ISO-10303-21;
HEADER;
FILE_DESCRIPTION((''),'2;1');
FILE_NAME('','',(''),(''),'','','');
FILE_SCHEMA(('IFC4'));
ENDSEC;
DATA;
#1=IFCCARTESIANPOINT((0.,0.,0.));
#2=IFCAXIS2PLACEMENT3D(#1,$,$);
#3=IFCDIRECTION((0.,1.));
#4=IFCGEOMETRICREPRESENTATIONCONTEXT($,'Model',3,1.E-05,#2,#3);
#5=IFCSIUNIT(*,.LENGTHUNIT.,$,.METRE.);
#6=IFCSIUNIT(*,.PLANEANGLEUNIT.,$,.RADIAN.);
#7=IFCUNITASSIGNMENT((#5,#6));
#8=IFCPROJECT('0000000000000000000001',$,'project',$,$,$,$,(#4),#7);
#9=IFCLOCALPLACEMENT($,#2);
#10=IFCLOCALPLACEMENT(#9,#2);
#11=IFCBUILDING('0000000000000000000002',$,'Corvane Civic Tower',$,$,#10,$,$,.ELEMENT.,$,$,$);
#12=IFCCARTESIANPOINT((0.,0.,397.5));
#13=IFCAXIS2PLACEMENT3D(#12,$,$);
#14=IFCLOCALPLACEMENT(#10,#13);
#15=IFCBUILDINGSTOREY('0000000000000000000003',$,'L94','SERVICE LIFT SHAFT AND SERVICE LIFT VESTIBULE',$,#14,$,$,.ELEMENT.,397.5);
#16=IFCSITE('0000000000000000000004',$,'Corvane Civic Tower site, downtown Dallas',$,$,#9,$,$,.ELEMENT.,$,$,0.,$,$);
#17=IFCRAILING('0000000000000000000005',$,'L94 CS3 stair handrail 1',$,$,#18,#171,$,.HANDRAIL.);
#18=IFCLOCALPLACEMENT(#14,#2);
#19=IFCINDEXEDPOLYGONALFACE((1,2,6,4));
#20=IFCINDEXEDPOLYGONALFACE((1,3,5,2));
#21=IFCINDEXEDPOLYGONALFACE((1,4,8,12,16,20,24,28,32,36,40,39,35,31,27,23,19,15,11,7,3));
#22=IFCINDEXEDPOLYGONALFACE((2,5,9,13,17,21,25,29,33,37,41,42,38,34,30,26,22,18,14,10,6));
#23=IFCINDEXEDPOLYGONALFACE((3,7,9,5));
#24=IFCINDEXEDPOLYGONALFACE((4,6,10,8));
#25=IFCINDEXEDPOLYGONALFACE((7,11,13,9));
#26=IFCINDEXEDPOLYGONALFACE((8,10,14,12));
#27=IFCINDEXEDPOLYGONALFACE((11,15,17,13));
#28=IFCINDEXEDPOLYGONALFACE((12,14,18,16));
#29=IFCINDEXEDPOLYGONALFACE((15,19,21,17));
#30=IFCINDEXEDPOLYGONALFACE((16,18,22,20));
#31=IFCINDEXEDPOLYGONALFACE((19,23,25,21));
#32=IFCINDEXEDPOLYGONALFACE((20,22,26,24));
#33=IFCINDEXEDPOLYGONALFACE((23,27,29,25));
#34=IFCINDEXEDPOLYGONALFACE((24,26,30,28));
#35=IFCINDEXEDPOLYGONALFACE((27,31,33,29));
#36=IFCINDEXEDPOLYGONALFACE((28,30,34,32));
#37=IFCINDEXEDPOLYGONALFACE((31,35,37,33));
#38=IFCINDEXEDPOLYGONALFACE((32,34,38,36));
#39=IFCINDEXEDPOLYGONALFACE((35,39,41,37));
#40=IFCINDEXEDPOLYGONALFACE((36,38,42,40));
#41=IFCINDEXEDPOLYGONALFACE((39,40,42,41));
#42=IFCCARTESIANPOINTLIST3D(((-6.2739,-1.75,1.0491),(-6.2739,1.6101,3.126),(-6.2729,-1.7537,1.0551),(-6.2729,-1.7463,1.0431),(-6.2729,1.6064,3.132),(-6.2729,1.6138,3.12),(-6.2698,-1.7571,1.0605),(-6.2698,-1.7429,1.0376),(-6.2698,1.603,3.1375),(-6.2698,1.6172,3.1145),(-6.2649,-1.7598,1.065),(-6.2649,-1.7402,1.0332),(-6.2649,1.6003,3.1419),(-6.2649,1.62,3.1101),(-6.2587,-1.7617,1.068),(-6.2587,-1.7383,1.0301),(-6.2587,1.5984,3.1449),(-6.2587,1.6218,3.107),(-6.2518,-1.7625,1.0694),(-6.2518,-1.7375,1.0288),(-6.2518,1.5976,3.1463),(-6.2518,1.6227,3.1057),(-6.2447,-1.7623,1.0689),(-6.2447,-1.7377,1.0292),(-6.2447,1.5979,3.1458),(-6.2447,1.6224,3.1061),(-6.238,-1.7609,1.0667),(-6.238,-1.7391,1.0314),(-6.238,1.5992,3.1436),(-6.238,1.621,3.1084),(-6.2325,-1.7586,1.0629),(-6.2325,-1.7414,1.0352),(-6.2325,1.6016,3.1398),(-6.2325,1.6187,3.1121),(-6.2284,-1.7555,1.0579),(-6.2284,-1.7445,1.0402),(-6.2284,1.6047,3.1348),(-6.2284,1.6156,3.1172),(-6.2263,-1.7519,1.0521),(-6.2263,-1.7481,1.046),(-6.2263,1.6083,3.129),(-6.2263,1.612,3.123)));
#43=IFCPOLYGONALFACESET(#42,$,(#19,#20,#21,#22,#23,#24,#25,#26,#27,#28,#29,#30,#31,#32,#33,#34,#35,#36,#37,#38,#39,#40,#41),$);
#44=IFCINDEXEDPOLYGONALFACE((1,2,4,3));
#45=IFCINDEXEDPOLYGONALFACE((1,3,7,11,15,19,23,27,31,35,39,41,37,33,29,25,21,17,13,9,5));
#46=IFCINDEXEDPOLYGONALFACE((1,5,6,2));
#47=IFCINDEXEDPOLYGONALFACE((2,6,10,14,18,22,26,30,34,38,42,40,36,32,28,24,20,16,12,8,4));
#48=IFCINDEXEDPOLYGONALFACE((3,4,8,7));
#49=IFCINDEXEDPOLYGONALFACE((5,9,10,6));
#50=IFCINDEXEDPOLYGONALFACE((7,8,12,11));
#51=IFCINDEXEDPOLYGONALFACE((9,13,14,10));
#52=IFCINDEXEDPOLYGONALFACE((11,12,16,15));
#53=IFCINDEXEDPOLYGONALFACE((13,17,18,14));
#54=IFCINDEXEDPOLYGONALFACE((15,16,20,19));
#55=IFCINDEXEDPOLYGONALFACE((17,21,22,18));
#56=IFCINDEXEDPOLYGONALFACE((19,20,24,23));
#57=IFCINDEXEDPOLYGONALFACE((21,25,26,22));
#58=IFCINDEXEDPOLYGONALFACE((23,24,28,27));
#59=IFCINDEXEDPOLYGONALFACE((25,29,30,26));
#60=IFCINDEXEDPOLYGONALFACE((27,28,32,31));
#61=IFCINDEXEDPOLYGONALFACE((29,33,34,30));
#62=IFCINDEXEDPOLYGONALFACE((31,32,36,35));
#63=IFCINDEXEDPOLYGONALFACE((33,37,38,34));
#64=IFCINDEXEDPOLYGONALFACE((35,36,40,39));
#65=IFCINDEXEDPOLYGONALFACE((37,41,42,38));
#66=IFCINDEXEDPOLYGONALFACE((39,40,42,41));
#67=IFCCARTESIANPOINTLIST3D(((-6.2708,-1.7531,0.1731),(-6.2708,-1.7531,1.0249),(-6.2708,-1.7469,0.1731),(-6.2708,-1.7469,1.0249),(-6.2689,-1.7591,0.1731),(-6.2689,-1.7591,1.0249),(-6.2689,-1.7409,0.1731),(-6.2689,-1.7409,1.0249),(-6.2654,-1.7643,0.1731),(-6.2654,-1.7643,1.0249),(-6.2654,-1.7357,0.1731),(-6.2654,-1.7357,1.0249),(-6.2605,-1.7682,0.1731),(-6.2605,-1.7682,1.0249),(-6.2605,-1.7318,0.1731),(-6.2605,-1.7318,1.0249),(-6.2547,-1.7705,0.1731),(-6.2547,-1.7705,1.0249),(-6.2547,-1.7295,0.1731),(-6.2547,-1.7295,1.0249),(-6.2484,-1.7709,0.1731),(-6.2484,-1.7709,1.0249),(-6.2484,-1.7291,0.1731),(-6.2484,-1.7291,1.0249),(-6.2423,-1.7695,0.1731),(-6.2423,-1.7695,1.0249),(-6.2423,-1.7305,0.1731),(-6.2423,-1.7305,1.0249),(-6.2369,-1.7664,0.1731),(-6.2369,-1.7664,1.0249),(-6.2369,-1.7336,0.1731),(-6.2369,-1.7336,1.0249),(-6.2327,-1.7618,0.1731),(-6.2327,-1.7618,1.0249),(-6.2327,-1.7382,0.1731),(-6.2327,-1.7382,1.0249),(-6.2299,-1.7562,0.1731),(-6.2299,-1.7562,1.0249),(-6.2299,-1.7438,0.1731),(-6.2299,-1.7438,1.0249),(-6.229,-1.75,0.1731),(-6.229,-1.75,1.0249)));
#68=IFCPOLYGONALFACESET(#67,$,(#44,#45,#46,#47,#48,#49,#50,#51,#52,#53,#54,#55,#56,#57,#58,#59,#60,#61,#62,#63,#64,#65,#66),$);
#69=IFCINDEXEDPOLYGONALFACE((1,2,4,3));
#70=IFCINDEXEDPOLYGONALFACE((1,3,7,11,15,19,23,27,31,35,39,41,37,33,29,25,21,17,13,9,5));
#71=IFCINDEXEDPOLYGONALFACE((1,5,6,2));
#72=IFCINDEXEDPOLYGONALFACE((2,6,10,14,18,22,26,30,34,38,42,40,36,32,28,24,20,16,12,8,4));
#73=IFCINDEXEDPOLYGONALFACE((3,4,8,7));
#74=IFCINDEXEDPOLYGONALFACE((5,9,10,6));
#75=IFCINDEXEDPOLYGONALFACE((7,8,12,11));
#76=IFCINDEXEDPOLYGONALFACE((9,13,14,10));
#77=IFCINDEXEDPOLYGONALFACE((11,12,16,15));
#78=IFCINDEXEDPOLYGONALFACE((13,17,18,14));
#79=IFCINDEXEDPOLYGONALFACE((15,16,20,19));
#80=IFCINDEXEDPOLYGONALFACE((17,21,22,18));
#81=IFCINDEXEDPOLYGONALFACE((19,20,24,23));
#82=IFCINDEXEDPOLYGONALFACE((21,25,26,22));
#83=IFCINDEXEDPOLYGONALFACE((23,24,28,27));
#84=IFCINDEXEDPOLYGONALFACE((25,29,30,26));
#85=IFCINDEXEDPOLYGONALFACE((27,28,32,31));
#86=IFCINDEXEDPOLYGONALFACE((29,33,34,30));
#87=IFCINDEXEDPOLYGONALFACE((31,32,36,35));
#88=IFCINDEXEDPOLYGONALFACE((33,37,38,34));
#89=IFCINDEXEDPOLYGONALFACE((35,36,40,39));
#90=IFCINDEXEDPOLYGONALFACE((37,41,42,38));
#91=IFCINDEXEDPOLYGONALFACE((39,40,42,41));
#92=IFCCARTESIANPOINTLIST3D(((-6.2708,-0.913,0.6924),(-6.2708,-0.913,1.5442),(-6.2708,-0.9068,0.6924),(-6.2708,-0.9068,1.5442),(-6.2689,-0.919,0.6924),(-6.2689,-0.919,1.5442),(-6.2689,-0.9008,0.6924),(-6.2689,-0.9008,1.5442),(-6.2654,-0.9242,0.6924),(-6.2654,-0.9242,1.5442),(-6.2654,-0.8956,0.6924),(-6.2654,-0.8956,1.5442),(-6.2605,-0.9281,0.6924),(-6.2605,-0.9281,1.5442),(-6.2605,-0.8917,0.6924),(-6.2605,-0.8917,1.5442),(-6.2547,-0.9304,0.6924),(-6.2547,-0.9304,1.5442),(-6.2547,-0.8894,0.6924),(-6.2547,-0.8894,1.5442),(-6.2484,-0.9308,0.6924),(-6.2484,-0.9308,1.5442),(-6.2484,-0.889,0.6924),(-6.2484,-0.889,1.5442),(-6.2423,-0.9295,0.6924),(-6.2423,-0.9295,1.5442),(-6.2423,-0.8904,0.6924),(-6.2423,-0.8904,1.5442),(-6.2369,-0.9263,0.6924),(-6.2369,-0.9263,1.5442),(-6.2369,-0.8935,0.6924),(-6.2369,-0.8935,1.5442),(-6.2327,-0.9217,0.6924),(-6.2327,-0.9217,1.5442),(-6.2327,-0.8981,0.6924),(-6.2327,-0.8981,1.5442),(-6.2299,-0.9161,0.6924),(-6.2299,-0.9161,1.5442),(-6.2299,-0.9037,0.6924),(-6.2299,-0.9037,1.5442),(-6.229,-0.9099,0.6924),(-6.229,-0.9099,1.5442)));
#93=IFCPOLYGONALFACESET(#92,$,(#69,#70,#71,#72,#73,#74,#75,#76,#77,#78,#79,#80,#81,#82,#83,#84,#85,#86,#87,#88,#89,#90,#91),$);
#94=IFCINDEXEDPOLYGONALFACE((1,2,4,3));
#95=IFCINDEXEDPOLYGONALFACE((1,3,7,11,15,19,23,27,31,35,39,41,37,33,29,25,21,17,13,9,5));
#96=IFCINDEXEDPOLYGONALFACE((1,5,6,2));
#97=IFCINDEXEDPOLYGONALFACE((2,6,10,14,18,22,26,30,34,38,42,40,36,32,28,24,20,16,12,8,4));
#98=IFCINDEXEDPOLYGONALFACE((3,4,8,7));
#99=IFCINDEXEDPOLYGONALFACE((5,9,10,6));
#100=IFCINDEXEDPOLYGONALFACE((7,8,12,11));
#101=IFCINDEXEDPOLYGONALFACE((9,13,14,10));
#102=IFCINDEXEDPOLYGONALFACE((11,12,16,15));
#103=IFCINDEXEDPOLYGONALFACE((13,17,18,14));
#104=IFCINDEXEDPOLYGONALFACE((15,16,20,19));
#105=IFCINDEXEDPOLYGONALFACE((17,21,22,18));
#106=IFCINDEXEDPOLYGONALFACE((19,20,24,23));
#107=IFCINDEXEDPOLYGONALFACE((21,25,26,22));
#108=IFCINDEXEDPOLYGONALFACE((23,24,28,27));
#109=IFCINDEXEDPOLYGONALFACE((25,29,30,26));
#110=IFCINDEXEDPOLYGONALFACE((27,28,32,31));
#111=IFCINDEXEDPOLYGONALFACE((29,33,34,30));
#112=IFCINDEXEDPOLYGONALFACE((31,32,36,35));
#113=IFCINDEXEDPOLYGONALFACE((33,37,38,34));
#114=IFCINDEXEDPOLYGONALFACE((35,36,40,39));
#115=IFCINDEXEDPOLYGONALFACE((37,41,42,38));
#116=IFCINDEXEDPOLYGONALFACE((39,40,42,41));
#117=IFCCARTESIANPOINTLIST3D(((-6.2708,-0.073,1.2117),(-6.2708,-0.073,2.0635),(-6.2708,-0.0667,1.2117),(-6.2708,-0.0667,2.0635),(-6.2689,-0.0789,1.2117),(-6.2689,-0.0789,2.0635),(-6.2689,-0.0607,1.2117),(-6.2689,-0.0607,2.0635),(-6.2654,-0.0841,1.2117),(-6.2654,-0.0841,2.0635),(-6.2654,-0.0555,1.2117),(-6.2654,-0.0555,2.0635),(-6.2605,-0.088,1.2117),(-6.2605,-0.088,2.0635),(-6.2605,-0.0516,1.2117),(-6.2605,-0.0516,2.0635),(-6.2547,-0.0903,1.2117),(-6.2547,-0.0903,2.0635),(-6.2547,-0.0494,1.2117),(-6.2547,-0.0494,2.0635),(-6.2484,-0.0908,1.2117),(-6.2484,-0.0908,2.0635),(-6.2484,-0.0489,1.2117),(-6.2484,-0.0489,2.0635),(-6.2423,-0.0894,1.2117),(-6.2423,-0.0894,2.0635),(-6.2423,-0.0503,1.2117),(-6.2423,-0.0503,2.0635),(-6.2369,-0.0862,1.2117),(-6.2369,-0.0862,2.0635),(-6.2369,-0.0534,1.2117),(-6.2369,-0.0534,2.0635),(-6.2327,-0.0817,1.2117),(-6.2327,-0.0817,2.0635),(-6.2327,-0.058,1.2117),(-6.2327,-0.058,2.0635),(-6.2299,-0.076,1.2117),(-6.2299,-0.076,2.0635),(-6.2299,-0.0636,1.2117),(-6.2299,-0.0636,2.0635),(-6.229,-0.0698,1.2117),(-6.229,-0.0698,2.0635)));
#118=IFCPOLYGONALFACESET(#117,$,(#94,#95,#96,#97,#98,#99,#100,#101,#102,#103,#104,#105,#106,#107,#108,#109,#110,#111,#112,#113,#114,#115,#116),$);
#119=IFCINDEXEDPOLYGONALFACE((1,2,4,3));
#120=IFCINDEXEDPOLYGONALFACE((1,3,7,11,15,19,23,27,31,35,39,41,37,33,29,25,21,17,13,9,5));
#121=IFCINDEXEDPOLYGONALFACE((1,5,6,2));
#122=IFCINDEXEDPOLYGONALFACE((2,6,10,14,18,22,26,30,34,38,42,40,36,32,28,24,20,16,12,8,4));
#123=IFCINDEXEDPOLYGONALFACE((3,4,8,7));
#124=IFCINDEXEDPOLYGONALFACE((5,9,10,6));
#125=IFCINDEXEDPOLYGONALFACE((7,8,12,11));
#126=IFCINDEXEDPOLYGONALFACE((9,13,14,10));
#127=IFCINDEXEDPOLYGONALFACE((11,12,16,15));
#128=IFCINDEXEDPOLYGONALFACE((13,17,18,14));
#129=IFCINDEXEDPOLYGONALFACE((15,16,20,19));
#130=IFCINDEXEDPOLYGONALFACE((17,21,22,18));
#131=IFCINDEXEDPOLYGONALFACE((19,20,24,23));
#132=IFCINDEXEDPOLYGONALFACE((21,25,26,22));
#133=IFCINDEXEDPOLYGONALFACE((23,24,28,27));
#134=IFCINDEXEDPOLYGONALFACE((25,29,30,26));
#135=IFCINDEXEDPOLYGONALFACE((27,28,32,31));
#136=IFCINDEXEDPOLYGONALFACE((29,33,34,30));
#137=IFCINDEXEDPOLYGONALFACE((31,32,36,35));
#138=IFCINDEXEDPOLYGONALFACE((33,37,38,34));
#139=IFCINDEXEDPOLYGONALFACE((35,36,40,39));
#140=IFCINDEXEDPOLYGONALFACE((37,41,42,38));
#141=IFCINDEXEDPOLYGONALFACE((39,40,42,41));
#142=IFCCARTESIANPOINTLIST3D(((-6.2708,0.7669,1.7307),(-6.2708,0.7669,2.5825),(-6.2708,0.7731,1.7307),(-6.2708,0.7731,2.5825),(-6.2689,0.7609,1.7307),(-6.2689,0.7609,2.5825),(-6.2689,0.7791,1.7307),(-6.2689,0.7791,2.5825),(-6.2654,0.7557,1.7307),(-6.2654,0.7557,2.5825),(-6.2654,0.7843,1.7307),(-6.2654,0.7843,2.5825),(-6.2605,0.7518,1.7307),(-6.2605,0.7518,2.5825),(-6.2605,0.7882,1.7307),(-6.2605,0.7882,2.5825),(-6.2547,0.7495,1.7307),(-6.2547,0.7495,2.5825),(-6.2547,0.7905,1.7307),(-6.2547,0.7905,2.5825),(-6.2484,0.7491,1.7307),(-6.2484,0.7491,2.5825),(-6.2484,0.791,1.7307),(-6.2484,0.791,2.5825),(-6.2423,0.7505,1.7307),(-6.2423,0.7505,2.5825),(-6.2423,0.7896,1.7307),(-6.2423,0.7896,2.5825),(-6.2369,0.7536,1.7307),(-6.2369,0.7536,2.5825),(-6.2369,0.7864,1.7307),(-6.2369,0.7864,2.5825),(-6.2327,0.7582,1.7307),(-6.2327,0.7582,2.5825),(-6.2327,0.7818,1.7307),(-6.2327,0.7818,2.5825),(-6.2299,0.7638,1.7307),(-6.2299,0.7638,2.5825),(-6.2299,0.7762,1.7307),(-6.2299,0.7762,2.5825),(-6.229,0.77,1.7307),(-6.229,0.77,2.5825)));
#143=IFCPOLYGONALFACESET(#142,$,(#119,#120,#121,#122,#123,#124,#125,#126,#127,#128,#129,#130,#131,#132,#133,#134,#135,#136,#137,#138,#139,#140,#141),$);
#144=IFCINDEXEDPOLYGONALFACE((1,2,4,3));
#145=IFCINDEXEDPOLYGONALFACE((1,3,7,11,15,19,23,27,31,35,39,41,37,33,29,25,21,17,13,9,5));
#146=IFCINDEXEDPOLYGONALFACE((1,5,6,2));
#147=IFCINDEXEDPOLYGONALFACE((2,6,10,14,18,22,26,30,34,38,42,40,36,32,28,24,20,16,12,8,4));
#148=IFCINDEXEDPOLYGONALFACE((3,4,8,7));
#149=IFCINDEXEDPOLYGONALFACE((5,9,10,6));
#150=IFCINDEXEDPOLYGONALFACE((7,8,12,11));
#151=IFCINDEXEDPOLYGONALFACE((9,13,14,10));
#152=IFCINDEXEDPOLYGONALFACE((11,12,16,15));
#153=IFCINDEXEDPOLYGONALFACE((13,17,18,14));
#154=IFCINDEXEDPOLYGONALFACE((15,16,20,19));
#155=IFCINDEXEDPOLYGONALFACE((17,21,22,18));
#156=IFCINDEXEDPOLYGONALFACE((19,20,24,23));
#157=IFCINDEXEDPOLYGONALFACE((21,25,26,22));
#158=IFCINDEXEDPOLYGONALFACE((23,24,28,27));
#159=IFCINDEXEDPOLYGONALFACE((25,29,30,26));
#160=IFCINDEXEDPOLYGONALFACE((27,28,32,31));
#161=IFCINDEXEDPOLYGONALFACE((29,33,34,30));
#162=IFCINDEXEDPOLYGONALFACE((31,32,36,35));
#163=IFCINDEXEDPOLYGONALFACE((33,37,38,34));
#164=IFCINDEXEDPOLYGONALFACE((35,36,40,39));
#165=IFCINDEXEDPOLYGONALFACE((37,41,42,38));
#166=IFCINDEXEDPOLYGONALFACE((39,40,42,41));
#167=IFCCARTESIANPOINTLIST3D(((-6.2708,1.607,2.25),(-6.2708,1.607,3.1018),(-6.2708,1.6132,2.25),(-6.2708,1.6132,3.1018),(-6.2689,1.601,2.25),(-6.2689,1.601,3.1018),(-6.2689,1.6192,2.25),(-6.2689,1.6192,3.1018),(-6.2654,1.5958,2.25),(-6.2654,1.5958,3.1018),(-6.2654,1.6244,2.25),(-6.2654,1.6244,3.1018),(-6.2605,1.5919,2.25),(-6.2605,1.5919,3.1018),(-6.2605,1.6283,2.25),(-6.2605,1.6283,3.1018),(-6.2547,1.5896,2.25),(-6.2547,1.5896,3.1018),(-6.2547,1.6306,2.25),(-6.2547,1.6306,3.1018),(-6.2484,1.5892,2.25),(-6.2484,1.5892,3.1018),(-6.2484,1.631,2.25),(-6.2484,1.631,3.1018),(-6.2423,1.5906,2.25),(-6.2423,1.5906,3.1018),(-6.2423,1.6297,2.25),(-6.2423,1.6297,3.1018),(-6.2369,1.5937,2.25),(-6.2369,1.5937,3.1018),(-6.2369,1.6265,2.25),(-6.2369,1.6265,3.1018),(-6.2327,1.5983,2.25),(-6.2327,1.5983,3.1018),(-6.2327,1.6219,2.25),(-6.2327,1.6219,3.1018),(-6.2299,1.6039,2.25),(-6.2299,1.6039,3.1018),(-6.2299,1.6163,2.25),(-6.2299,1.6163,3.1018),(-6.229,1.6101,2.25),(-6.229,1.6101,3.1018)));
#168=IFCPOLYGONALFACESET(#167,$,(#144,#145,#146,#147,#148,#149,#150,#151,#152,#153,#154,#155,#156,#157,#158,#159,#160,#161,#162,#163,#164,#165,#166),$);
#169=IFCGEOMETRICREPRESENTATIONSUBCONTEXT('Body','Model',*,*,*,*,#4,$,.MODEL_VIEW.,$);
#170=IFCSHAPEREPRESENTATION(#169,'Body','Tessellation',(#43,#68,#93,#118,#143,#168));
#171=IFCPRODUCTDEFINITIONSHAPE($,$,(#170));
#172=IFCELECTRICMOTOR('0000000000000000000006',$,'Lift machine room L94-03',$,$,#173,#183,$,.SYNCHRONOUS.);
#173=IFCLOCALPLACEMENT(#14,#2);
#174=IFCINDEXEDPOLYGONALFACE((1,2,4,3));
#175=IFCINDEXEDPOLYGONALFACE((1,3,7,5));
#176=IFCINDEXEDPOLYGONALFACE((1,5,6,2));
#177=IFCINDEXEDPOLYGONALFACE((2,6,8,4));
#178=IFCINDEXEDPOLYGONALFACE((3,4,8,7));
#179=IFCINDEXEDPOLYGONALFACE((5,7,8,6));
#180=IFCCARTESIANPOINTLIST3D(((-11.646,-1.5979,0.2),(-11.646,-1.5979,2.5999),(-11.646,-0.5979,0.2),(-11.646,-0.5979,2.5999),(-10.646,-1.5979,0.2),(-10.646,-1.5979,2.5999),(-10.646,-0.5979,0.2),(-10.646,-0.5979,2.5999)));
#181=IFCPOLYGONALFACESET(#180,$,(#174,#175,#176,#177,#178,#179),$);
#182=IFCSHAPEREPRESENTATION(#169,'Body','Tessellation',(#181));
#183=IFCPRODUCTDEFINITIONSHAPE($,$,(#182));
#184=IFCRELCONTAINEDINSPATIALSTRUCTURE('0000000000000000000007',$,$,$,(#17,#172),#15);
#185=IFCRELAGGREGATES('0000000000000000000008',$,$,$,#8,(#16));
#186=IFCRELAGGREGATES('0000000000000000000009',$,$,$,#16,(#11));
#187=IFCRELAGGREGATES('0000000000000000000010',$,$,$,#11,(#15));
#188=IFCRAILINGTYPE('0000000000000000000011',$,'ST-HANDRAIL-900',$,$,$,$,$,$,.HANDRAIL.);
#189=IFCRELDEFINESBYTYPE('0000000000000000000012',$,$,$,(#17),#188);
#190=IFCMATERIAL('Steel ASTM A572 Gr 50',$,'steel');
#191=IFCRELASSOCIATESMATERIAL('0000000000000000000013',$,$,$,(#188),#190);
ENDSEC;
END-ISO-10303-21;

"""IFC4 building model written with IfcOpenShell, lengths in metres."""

from ifc_helpers import new_model, si_unit, direction, frame, origin, origin_2d, place, context, subcontext, project, spatial, rectangle, circle, extrude, material, type_object, element, save


model = new_model("IFC4")

# Units and contexts
model_context = context("Model", 3, precision=1e-05, world=origin(), true_north=direction((0.0, 1.0)))
body_context = subcontext(model_context, "Body", "Model", "MODEL_VIEW")
ifc_project = project(units=[si_unit("LENGTHUNIT", "METRE"), si_unit("PLANEANGLEUNIT", "RADIAN")], contexts=[model_context])

# Site, building, storey
site_placement = place(None, origin())
site = spatial("IfcSite", under=ifc_project, at=site_placement, Name="Corvane Civic Tower site, downtown Dallas", CompositionType="ELEMENT", RefElevation=0.0)
building_placement = place(site_placement, origin())
building = spatial("IfcBuilding", under=site, at=building_placement, Name="Corvane Civic Tower", CompositionType="ELEMENT")
storey_placement = place(building_placement, frame((0.0, 0.0, 397.5)))
storey = spatial("IfcBuildingStorey", under=building, at=storey_placement, Name="L94", Description="SERVICE LIFT SHAFT AND SERVICE LIFT VESTIBULE", CompositionType="ELEMENT", Elevation=397.5)

# Railing
ifc_material_1 = material(Name="Steel ASTM A572 Gr 50", Category="steel")
railing_type_1 = type_object("IfcRailingType", Name="ST-HANDRAIL-900", PredefinedType="HANDRAIL", material=ifc_material_1)
railing_1_placement = place(storey_placement, frame((-6.25, -1.75, 0.1731)))
element("IfcRailing", 1, at=railing_1_placement, inside=storey, type_object=railing_type_1, Name="L94 CS3 stair handrail 1", PredefinedType="HANDRAIL", context=body_context, shape_type="SweptSolid", body=[
    extrude(circle(Radius=0.0239, at=origin_2d()), frame((0.0, 0.0, 0.876), z_axis=(0.0, 0.850623, 0.525776), x_axis=(-1.0, 0.0, 0.0)), (0.0, 0.0, 1.0), 3.9502),
    extrude(circle(Radius=0.021, at=origin_2d()), origin(), (0.0, 0.0, 1.0), 0.8518),
    extrude(circle(Radius=0.021, at=origin_2d()), frame((0.0, 0.8401, 0.5193)), (0.0, 0.0, 1.0), 0.8518),
    extrude(circle(Radius=0.021, at=origin_2d()), frame((0.0, 1.6802, 1.0386)), (0.0, 0.0, 1.0), 0.8518),
    extrude(circle(Radius=0.021, at=origin_2d()), frame((0.0, 2.52, 1.5576)), (0.0, 0.0, 1.0), 0.8518),
    extrude(circle(Radius=0.021, at=origin_2d()), frame((0.0, 3.3601, 2.0769)), (0.0, 0.0, 1.0), 0.8518),
])

# Electric motor
electric_motor_placement = place(storey_placement, frame((-11.146, -1.0979, 0.2), z_axis=(0.0, 0.0, 1.0), x_axis=(1.0, 0.0, 0.0)))
element("IfcElectricMotor", 2, at=electric_motor_placement, inside=storey, Name="Lift machine room L94-03", PredefinedType="SYNCHRONOUS", context=body_context, shape_type="SweptSolid", body=[
    extrude(rectangle(XDim=1.0, YDim=1.0, at=origin_2d()), origin(), (0.0, 0.0, 1.0), 2.3999),
])

save(model, "model.ifc")
